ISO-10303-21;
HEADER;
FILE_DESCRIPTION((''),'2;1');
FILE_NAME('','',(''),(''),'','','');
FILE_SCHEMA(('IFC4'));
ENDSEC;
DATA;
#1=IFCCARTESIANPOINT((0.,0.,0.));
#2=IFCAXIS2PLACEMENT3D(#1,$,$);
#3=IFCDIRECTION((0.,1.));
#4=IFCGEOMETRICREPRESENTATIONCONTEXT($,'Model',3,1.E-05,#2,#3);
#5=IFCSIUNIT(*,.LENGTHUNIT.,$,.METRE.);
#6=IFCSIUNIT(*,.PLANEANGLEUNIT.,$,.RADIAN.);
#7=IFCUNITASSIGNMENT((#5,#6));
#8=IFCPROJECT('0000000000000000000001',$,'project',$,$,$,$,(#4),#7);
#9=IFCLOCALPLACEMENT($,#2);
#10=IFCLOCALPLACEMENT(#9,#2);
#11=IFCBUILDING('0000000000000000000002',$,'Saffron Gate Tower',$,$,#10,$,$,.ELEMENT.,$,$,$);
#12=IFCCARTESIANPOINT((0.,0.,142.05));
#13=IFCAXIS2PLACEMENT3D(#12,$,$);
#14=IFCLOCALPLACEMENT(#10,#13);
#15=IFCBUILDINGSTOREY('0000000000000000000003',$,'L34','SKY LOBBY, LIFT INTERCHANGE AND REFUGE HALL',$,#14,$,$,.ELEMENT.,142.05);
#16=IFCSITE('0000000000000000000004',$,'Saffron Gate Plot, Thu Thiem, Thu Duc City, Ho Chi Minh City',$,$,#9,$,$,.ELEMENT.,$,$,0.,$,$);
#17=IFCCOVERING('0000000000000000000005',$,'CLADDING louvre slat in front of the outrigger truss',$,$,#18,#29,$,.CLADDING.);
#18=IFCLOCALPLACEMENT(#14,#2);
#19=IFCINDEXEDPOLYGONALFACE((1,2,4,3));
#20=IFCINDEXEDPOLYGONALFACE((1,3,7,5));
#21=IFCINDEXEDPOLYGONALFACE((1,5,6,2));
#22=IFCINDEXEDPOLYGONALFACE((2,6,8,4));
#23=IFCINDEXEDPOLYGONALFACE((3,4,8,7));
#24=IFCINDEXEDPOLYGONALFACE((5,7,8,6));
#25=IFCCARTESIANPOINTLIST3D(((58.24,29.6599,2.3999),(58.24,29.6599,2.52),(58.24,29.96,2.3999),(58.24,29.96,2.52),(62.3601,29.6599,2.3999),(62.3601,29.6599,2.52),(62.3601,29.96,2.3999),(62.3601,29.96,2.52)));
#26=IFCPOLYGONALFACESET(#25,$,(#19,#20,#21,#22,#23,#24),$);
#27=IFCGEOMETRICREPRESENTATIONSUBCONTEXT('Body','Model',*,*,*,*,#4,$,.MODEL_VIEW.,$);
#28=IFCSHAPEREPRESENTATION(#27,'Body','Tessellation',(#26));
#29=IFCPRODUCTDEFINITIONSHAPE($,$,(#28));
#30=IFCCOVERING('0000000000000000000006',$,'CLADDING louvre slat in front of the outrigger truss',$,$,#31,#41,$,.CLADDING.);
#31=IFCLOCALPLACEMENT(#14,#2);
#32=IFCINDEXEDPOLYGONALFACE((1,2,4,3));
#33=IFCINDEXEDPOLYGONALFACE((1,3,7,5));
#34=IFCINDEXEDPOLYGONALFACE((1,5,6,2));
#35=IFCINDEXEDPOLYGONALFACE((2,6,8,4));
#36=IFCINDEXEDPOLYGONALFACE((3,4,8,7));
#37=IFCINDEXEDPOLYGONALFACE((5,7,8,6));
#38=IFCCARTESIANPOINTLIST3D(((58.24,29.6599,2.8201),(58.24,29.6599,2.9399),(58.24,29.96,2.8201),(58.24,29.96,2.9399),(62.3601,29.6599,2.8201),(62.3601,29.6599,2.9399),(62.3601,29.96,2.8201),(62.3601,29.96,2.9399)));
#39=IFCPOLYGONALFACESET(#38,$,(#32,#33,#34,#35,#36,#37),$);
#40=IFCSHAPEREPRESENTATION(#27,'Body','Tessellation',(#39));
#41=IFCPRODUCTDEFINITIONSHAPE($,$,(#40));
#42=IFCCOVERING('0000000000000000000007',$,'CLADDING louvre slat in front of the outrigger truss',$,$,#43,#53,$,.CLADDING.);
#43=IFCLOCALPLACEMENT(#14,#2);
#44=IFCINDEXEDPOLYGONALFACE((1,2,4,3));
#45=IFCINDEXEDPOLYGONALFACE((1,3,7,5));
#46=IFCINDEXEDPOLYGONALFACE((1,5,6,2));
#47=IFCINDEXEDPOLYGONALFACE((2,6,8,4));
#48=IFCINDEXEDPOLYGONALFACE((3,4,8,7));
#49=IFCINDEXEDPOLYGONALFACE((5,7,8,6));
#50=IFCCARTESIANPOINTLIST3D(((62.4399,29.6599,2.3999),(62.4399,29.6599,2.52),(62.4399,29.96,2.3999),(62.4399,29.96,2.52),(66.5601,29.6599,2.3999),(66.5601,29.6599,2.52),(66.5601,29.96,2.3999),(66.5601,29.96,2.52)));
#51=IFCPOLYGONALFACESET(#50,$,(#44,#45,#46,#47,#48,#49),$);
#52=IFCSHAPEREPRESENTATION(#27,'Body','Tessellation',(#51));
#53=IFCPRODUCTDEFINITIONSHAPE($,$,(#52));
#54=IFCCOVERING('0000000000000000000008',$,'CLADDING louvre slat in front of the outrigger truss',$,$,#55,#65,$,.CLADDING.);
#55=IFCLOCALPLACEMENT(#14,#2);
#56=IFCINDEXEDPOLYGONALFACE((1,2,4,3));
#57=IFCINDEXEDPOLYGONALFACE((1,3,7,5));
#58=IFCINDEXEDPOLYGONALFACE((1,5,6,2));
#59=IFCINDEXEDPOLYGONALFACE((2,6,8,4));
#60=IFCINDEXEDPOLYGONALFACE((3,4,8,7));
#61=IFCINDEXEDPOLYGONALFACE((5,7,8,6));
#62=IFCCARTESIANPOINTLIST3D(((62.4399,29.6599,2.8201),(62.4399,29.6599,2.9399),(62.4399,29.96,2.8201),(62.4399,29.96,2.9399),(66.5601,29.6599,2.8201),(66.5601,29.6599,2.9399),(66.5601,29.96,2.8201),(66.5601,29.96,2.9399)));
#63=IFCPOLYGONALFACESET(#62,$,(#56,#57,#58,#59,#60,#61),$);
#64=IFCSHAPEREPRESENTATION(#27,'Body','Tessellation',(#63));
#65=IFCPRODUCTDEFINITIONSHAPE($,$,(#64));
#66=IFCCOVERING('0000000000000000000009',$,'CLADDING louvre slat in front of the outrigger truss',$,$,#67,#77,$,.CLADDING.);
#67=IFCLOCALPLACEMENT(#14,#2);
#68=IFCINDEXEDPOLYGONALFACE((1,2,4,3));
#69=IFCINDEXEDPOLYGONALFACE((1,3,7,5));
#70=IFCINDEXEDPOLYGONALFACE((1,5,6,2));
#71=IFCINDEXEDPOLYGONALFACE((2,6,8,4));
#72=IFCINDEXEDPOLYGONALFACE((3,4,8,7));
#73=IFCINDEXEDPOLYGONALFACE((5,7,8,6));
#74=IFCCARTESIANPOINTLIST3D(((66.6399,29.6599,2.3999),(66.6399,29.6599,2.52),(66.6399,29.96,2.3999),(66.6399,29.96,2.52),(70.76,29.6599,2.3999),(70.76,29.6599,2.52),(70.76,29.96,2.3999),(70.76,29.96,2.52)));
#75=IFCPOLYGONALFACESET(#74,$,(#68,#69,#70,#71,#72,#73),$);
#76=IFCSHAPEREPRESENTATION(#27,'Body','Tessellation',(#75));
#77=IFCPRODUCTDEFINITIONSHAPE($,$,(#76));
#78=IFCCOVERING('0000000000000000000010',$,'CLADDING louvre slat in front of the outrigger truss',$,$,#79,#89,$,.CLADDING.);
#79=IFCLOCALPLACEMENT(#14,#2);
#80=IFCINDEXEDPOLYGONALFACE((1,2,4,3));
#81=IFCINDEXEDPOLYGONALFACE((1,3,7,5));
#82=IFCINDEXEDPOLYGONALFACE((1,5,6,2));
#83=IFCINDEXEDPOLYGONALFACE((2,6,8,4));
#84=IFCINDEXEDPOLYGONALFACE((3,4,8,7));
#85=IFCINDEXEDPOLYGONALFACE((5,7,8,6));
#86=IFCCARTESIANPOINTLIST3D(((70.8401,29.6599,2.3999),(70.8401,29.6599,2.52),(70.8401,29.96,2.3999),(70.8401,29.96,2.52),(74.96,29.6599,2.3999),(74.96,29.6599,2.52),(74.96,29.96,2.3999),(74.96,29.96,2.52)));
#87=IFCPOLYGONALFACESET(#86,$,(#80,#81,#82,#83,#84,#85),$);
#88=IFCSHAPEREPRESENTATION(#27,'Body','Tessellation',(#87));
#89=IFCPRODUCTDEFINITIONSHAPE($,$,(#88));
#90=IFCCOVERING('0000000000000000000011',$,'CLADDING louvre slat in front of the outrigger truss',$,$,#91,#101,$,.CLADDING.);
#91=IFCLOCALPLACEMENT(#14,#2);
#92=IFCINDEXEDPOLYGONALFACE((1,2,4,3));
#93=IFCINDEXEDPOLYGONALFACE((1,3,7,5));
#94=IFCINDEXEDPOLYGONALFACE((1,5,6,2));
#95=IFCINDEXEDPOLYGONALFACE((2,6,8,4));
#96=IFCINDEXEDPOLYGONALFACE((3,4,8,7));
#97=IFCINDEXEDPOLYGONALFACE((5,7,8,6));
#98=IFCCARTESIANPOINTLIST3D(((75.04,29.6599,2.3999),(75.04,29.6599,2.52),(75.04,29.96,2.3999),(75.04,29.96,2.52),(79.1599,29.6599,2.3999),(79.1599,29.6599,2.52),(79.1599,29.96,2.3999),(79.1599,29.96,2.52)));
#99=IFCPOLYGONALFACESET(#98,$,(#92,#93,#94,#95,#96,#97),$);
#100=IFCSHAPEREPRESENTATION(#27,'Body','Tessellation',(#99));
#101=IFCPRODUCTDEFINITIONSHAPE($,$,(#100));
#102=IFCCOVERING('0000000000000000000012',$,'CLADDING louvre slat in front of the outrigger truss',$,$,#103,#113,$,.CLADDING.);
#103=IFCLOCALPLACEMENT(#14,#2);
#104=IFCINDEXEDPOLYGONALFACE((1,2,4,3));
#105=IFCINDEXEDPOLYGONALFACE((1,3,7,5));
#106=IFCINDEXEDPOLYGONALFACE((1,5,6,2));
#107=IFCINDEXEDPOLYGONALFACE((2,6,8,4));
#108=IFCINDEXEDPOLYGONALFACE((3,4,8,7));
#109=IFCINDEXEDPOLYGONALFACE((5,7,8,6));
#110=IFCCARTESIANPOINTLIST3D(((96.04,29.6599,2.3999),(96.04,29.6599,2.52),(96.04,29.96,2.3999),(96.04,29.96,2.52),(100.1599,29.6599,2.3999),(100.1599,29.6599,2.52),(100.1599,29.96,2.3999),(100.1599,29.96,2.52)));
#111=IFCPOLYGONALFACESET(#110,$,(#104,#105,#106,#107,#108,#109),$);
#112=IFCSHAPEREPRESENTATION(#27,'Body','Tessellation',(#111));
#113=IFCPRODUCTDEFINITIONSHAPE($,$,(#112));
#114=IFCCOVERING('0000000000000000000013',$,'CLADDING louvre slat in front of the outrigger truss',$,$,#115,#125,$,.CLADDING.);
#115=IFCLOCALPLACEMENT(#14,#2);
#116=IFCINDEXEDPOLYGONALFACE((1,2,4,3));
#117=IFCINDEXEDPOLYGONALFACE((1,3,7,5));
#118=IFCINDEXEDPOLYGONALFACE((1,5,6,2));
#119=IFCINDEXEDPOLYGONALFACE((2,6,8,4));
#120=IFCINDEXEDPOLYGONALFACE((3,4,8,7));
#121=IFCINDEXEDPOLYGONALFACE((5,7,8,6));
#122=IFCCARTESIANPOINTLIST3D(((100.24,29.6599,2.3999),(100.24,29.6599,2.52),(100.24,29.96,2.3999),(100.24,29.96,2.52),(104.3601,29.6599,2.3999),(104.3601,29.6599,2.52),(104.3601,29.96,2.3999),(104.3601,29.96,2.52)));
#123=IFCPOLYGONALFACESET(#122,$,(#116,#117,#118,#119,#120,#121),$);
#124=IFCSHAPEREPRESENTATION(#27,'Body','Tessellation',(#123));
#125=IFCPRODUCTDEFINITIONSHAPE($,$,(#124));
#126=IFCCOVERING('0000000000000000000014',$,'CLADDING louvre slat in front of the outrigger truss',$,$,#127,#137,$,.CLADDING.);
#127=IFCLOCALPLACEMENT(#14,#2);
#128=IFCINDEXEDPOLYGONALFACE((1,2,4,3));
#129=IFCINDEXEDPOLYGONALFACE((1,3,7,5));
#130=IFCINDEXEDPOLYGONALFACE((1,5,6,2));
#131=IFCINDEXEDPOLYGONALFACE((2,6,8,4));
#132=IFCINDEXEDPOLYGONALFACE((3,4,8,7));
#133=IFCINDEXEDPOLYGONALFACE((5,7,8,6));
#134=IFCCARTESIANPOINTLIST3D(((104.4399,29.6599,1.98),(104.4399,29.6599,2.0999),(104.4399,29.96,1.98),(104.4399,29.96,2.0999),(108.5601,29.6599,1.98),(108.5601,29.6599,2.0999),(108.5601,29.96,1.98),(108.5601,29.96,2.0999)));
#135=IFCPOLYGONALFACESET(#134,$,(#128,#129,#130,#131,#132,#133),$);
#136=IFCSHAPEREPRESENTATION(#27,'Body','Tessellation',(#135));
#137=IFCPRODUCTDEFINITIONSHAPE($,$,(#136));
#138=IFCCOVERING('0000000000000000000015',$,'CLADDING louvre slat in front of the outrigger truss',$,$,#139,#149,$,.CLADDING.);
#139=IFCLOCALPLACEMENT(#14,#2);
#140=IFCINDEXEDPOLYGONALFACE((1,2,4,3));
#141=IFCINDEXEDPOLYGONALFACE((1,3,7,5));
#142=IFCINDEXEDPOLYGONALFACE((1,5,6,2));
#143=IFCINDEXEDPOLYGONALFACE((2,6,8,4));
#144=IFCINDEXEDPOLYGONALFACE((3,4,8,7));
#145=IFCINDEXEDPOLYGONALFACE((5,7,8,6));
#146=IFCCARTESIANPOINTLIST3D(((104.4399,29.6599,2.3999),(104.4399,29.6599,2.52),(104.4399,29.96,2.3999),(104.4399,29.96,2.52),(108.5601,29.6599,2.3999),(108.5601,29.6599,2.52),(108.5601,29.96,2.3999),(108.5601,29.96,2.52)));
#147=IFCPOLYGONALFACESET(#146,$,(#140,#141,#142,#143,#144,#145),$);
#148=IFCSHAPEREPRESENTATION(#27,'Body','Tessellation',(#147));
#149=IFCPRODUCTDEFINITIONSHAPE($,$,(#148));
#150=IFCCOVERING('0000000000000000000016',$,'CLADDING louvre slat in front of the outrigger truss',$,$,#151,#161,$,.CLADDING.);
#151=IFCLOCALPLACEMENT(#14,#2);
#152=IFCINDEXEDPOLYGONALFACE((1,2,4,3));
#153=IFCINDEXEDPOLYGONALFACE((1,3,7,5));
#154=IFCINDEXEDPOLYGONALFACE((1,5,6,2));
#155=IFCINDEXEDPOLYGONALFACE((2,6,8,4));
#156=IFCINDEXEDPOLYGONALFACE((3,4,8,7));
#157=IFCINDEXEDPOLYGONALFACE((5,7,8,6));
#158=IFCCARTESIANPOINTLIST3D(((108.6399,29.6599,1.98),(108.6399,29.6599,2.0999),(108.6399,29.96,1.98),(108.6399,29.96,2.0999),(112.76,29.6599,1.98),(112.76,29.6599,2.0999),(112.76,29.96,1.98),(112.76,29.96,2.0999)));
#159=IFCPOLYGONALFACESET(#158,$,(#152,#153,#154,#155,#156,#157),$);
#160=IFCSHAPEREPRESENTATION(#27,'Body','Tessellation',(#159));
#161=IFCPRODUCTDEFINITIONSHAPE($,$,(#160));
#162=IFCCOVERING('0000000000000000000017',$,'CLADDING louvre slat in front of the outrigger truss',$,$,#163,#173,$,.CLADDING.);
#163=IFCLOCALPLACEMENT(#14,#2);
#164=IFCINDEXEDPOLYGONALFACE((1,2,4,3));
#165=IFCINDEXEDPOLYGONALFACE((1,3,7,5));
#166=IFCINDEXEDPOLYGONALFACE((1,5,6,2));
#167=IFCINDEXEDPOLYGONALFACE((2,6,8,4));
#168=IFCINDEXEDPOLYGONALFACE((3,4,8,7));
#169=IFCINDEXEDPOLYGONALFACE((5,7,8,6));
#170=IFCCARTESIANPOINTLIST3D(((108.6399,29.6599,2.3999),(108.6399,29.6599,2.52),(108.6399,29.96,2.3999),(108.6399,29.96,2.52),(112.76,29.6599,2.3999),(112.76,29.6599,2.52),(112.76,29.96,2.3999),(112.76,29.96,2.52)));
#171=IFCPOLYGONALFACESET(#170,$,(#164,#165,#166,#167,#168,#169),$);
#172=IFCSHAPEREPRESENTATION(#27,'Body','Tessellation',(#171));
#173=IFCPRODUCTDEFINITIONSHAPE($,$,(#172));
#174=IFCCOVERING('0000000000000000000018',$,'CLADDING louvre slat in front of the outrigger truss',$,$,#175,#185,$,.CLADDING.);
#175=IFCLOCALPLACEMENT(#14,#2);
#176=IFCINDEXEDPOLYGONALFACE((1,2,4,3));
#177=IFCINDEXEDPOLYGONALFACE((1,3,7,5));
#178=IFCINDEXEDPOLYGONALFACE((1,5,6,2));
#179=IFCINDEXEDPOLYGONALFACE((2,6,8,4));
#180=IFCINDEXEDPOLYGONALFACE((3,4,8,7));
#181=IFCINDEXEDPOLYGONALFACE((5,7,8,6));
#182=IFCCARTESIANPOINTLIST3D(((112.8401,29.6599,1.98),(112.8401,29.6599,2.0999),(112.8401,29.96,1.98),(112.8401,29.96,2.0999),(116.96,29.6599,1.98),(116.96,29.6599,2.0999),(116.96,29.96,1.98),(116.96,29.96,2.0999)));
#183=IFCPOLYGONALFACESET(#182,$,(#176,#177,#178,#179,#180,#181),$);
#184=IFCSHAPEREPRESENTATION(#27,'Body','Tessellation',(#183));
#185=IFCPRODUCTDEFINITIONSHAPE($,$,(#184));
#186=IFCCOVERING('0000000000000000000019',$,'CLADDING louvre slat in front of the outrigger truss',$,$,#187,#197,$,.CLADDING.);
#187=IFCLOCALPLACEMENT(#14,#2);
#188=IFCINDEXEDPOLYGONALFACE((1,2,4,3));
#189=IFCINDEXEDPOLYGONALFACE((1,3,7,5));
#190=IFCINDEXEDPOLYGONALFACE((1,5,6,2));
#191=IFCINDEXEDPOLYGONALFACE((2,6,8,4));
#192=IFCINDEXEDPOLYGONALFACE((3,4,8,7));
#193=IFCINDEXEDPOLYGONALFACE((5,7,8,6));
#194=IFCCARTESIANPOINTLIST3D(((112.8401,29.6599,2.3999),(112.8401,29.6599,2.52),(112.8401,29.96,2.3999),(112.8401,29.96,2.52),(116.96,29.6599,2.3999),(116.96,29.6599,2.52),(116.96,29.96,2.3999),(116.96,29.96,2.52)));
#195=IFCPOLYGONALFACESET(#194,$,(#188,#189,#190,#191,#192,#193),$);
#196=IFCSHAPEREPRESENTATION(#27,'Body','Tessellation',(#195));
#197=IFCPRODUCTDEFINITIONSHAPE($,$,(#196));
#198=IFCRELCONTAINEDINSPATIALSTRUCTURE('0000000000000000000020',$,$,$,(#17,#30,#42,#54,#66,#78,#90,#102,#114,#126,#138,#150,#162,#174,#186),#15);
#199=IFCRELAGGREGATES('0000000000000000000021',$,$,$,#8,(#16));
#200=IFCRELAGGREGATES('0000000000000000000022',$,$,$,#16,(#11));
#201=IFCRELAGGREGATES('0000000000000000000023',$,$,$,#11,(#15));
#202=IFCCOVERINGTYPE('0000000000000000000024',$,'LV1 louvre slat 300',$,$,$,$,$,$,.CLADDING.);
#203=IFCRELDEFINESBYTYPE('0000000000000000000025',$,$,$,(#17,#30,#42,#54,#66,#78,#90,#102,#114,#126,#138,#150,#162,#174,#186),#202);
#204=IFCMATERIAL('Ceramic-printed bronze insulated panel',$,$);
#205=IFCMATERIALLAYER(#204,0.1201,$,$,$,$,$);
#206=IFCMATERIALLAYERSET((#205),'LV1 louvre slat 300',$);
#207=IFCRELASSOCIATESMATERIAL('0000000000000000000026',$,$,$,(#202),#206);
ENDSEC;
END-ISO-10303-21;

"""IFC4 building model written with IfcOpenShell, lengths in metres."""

from ifc_helpers import new_model, si_unit, direction, frame, origin, place, context, subcontext, project, spatial, polyline, outline, extrude, material, layer, layer_set, type_object, element, save


model = new_model("IFC4")

# Units and contexts
model_context = context("Model", 3, precision=1e-05, world=origin(), true_north=direction((0.0, 1.0)))
body_context = subcontext(model_context, "Body", "Model", "MODEL_VIEW")
ifc_project = project(units=[si_unit("LENGTHUNIT", "METRE"), si_unit("PLANEANGLEUNIT", "RADIAN")], contexts=[model_context])

# Site, building, storey
site_placement = place(None, origin())
site = spatial("IfcSite", under=ifc_project, at=site_placement, Name="Saffron Gate Plot, Thu Thiem, Thu Duc City, Ho Chi Minh City", CompositionType="ELEMENT", RefElevation=0.0)
building_placement = place(site_placement, origin())
building = spatial("IfcBuilding", under=site, at=building_placement, Name="Saffron Gate Tower", CompositionType="ELEMENT")
storey_placement = place(building_placement, frame((0.0, 0.0, 142.05)))
storey = spatial("IfcBuildingStorey", under=building, at=storey_placement, Name="L34", Description="SKY LOBBY, LIFT INTERCHANGE AND REFUGE HALL", CompositionType="ELEMENT", Elevation=142.05)

# Coverings
ifc_material = material(Name="Ceramic-printed bronze insulated panel")
ifc_layer = layer(ifc_material, 0.1201)
ifc_layer_set = layer_set([ifc_layer], Name="LV1 louvre slat 300")
covering_type = type_object("IfcCoveringType", Name="LV1 louvre slat 300", PredefinedType="CLADDING", material=ifc_layer_set)
covering_1_placement = place(storey_placement, frame((0.0, 0.0, 2.3999)))
element("IfcCovering", 1, at=covering_1_placement, inside=storey, type_object=covering_type, Name="CLADDING louvre slat in front of the outrigger truss", PredefinedType="CLADDING", context=body_context, shape_type="SweptSolid", body=[
    extrude(outline(polyline([(58.24, 29.6599), (62.3601, 29.6599), (62.3601, 29.96), (58.24, 29.96), (58.24, 29.6599)])), origin(), (0.0, 0.0, 1.0), 0.1201),
])
covering_2_placement = place(storey_placement, frame((0.0, 0.0, 2.8201)))
element("IfcCovering", 2, at=covering_2_placement, inside=storey, type_object=covering_type, Name="CLADDING louvre slat in front of the outrigger truss", PredefinedType="CLADDING", context=body_context, shape_type="SweptSolid", body=[
    extrude(outline(polyline([(58.24, 29.6599), (62.3601, 29.6599), (62.3601, 29.96), (58.24, 29.96), (58.24, 29.6599)])), origin(), (0.0, 0.0, 1.0), 0.1199),
])
covering_3_placement = place(storey_placement, frame((0.0, 0.0, 2.3999)))
element("IfcCovering", 3, at=covering_3_placement, inside=storey, type_object=covering_type, Name="CLADDING louvre slat in front of the outrigger truss", PredefinedType="CLADDING", context=body_context, shape_type="SweptSolid", body=[
    extrude(outline(polyline([(62.4399, 29.6599), (66.5601, 29.6599), (66.5601, 29.96), (62.4399, 29.96), (62.4399, 29.6599)])), origin(), (0.0, 0.0, 1.0), 0.1201),
])
covering_4_placement = place(storey_placement, frame((0.0, 0.0, 2.8201)))
element("IfcCovering", 4, at=covering_4_placement, inside=storey, type_object=covering_type, Name="CLADDING louvre slat in front of the outrigger truss", PredefinedType="CLADDING", context=body_context, shape_type="SweptSolid", body=[
    extrude(outline(polyline([(62.4399, 29.6599), (66.5601, 29.6599), (66.5601, 29.96), (62.4399, 29.96), (62.4399, 29.6599)])), origin(), (0.0, 0.0, 1.0), 0.1199),
])
covering_5_placement = place(storey_placement, frame((0.0, 0.0, 2.3999)))
element("IfcCovering", 5, at=covering_5_placement, inside=storey, type_object=covering_type, Name="CLADDING louvre slat in front of the outrigger truss", PredefinedType="CLADDING", context=body_context, shape_type="SweptSolid", body=[
    extrude(outline(polyline([(66.6399, 29.6599), (70.76, 29.6599), (70.76, 29.96), (66.6399, 29.96), (66.6399, 29.6599)])), origin(), (0.0, 0.0, 1.0), 0.1201),
])
covering_6_placement = place(storey_placement, frame((0.0, 0.0, 2.3999)))
element("IfcCovering", 6, at=covering_6_placement, inside=storey, type_object=covering_type, Name="CLADDING louvre slat in front of the outrigger truss", PredefinedType="CLADDING", context=body_context, shape_type="SweptSolid", body=[
    extrude(outline(polyline([(70.8401, 29.6599), (74.96, 29.6599), (74.96, 29.96), (70.8401, 29.96), (70.8401, 29.6599)])), origin(), (0.0, 0.0, 1.0), 0.1201),
])
covering_7_placement = place(storey_placement, frame((0.0, 0.0, 2.3999)))
element("IfcCovering", 7, at=covering_7_placement, inside=storey, type_object=covering_type, Name="CLADDING louvre slat in front of the outrigger truss", PredefinedType="CLADDING", context=body_context, shape_type="SweptSolid", body=[
    extrude(outline(polyline([(75.04, 29.6599), (79.1599, 29.6599), (79.1599, 29.96), (75.04, 29.96), (75.04, 29.6599)])), origin(), (0.0, 0.0, 1.0), 0.1201),
])
covering_8_placement = place(storey_placement, frame((0.0, 0.0, 2.3999)))
element("IfcCovering", 8, at=covering_8_placement, inside=storey, type_object=covering_type, Name="CLADDING louvre slat in front of the outrigger truss", PredefinedType="CLADDING", context=body_context, shape_type="SweptSolid", body=[
    extrude(outline(polyline([(96.04, 29.6599), (100.1599, 29.6599), (100.1599, 29.96), (96.04, 29.96), (96.04, 29.6599)])), origin(), (0.0, 0.0, 1.0), 0.1201),
])
covering_9_placement = place(storey_placement, frame((0.0, 0.0, 2.3999)))
element("IfcCovering", 9, at=covering_9_placement, inside=storey, type_object=covering_type, Name="CLADDING louvre slat in front of the outrigger truss", PredefinedType="CLADDING", context=body_context, shape_type="SweptSolid", body=[
    extrude(outline(polyline([(100.24, 29.6599), (104.3601, 29.6599), (104.3601, 29.96), (100.24, 29.96), (100.24, 29.6599)])), origin(), (0.0, 0.0, 1.0), 0.1201),
])
covering_10_placement = place(storey_placement, frame((0.0, 0.0, 1.98)))
element("IfcCovering", 10, at=covering_10_placement, inside=storey, type_object=covering_type, Name="CLADDING louvre slat in front of the outrigger truss", PredefinedType="CLADDING", context=body_context, shape_type="SweptSolid", body=[
    extrude(outline(polyline([(104.4399, 29.6599), (108.5601, 29.6599), (108.5601, 29.96), (104.4399, 29.96), (104.4399, 29.6599)])), origin(), (0.0, 0.0, 1.0), 0.1199),
])
covering_11_placement = place(storey_placement, frame((0.0, 0.0, 2.3999)))
element("IfcCovering", 11, at=covering_11_placement, inside=storey, type_object=covering_type, Name="CLADDING louvre slat in front of the outrigger truss", PredefinedType="CLADDING", context=body_context, shape_type="SweptSolid", body=[
    extrude(outline(polyline([(104.4399, 29.6599), (108.5601, 29.6599), (108.5601, 29.96), (104.4399, 29.96), (104.4399, 29.6599)])), origin(), (0.0, 0.0, 1.0), 0.1201),
])
covering_12_placement = place(storey_placement, frame((0.0, 0.0, 1.98)))
element("IfcCovering", 12, at=covering_12_placement, inside=storey, type_object=covering_type, Name="CLADDING louvre slat in front of the outrigger truss", PredefinedType="CLADDING", context=body_context, shape_type="SweptSolid", body=[
    extrude(outline(polyline([(108.6399, 29.6599), (112.76, 29.6599), (112.76, 29.96), (108.6399, 29.96), (108.6399, 29.6599)])), origin(), (0.0, 0.0, 1.0), 0.1199),
])
covering_13_placement = place(storey_placement, frame((0.0, 0.0, 2.3999)))
element("IfcCovering", 13, at=covering_13_placement, inside=storey, type_object=covering_type, Name="CLADDING louvre slat in front of the outrigger truss", PredefinedType="CLADDING", context=body_context, shape_type="SweptSolid", body=[
    extrude(outline(polyline([(108.6399, 29.6599), (112.76, 29.6599), (112.76, 29.96), (108.6399, 29.96), (108.6399, 29.6599)])), origin(), (0.0, 0.0, 1.0), 0.1201),
])
covering_14_placement = place(storey_placement, frame((0.0, 0.0, 1.98)))
element("IfcCovering", 14, at=covering_14_placement, inside=storey, type_object=covering_type, Name="CLADDING louvre slat in front of the outrigger truss", PredefinedType="CLADDING", context=body_context, shape_type="SweptSolid", body=[
    extrude(outline(polyline([(112.8401, 29.6599), (116.96, 29.6599), (116.96, 29.96), (112.8401, 29.96), (112.8401, 29.6599)])), origin(), (0.0, 0.0, 1.0), 0.1199),
])
covering_15_placement = place(storey_placement, frame((0.0, 0.0, 2.3999)))
element("IfcCovering", 15, at=covering_15_placement, inside=storey, type_object=covering_type, Name="CLADDING louvre slat in front of the outrigger truss", PredefinedType="CLADDING", context=body_context, shape_type="SweptSolid", body=[
    extrude(outline(polyline([(112.8401, 29.6599), (116.96, 29.6599), (116.96, 29.96), (112.8401, 29.96), (112.8401, 29.6599)])), origin(), (0.0, 0.0, 1.0), 0.1201),
])

save(model, "model.ifc")
